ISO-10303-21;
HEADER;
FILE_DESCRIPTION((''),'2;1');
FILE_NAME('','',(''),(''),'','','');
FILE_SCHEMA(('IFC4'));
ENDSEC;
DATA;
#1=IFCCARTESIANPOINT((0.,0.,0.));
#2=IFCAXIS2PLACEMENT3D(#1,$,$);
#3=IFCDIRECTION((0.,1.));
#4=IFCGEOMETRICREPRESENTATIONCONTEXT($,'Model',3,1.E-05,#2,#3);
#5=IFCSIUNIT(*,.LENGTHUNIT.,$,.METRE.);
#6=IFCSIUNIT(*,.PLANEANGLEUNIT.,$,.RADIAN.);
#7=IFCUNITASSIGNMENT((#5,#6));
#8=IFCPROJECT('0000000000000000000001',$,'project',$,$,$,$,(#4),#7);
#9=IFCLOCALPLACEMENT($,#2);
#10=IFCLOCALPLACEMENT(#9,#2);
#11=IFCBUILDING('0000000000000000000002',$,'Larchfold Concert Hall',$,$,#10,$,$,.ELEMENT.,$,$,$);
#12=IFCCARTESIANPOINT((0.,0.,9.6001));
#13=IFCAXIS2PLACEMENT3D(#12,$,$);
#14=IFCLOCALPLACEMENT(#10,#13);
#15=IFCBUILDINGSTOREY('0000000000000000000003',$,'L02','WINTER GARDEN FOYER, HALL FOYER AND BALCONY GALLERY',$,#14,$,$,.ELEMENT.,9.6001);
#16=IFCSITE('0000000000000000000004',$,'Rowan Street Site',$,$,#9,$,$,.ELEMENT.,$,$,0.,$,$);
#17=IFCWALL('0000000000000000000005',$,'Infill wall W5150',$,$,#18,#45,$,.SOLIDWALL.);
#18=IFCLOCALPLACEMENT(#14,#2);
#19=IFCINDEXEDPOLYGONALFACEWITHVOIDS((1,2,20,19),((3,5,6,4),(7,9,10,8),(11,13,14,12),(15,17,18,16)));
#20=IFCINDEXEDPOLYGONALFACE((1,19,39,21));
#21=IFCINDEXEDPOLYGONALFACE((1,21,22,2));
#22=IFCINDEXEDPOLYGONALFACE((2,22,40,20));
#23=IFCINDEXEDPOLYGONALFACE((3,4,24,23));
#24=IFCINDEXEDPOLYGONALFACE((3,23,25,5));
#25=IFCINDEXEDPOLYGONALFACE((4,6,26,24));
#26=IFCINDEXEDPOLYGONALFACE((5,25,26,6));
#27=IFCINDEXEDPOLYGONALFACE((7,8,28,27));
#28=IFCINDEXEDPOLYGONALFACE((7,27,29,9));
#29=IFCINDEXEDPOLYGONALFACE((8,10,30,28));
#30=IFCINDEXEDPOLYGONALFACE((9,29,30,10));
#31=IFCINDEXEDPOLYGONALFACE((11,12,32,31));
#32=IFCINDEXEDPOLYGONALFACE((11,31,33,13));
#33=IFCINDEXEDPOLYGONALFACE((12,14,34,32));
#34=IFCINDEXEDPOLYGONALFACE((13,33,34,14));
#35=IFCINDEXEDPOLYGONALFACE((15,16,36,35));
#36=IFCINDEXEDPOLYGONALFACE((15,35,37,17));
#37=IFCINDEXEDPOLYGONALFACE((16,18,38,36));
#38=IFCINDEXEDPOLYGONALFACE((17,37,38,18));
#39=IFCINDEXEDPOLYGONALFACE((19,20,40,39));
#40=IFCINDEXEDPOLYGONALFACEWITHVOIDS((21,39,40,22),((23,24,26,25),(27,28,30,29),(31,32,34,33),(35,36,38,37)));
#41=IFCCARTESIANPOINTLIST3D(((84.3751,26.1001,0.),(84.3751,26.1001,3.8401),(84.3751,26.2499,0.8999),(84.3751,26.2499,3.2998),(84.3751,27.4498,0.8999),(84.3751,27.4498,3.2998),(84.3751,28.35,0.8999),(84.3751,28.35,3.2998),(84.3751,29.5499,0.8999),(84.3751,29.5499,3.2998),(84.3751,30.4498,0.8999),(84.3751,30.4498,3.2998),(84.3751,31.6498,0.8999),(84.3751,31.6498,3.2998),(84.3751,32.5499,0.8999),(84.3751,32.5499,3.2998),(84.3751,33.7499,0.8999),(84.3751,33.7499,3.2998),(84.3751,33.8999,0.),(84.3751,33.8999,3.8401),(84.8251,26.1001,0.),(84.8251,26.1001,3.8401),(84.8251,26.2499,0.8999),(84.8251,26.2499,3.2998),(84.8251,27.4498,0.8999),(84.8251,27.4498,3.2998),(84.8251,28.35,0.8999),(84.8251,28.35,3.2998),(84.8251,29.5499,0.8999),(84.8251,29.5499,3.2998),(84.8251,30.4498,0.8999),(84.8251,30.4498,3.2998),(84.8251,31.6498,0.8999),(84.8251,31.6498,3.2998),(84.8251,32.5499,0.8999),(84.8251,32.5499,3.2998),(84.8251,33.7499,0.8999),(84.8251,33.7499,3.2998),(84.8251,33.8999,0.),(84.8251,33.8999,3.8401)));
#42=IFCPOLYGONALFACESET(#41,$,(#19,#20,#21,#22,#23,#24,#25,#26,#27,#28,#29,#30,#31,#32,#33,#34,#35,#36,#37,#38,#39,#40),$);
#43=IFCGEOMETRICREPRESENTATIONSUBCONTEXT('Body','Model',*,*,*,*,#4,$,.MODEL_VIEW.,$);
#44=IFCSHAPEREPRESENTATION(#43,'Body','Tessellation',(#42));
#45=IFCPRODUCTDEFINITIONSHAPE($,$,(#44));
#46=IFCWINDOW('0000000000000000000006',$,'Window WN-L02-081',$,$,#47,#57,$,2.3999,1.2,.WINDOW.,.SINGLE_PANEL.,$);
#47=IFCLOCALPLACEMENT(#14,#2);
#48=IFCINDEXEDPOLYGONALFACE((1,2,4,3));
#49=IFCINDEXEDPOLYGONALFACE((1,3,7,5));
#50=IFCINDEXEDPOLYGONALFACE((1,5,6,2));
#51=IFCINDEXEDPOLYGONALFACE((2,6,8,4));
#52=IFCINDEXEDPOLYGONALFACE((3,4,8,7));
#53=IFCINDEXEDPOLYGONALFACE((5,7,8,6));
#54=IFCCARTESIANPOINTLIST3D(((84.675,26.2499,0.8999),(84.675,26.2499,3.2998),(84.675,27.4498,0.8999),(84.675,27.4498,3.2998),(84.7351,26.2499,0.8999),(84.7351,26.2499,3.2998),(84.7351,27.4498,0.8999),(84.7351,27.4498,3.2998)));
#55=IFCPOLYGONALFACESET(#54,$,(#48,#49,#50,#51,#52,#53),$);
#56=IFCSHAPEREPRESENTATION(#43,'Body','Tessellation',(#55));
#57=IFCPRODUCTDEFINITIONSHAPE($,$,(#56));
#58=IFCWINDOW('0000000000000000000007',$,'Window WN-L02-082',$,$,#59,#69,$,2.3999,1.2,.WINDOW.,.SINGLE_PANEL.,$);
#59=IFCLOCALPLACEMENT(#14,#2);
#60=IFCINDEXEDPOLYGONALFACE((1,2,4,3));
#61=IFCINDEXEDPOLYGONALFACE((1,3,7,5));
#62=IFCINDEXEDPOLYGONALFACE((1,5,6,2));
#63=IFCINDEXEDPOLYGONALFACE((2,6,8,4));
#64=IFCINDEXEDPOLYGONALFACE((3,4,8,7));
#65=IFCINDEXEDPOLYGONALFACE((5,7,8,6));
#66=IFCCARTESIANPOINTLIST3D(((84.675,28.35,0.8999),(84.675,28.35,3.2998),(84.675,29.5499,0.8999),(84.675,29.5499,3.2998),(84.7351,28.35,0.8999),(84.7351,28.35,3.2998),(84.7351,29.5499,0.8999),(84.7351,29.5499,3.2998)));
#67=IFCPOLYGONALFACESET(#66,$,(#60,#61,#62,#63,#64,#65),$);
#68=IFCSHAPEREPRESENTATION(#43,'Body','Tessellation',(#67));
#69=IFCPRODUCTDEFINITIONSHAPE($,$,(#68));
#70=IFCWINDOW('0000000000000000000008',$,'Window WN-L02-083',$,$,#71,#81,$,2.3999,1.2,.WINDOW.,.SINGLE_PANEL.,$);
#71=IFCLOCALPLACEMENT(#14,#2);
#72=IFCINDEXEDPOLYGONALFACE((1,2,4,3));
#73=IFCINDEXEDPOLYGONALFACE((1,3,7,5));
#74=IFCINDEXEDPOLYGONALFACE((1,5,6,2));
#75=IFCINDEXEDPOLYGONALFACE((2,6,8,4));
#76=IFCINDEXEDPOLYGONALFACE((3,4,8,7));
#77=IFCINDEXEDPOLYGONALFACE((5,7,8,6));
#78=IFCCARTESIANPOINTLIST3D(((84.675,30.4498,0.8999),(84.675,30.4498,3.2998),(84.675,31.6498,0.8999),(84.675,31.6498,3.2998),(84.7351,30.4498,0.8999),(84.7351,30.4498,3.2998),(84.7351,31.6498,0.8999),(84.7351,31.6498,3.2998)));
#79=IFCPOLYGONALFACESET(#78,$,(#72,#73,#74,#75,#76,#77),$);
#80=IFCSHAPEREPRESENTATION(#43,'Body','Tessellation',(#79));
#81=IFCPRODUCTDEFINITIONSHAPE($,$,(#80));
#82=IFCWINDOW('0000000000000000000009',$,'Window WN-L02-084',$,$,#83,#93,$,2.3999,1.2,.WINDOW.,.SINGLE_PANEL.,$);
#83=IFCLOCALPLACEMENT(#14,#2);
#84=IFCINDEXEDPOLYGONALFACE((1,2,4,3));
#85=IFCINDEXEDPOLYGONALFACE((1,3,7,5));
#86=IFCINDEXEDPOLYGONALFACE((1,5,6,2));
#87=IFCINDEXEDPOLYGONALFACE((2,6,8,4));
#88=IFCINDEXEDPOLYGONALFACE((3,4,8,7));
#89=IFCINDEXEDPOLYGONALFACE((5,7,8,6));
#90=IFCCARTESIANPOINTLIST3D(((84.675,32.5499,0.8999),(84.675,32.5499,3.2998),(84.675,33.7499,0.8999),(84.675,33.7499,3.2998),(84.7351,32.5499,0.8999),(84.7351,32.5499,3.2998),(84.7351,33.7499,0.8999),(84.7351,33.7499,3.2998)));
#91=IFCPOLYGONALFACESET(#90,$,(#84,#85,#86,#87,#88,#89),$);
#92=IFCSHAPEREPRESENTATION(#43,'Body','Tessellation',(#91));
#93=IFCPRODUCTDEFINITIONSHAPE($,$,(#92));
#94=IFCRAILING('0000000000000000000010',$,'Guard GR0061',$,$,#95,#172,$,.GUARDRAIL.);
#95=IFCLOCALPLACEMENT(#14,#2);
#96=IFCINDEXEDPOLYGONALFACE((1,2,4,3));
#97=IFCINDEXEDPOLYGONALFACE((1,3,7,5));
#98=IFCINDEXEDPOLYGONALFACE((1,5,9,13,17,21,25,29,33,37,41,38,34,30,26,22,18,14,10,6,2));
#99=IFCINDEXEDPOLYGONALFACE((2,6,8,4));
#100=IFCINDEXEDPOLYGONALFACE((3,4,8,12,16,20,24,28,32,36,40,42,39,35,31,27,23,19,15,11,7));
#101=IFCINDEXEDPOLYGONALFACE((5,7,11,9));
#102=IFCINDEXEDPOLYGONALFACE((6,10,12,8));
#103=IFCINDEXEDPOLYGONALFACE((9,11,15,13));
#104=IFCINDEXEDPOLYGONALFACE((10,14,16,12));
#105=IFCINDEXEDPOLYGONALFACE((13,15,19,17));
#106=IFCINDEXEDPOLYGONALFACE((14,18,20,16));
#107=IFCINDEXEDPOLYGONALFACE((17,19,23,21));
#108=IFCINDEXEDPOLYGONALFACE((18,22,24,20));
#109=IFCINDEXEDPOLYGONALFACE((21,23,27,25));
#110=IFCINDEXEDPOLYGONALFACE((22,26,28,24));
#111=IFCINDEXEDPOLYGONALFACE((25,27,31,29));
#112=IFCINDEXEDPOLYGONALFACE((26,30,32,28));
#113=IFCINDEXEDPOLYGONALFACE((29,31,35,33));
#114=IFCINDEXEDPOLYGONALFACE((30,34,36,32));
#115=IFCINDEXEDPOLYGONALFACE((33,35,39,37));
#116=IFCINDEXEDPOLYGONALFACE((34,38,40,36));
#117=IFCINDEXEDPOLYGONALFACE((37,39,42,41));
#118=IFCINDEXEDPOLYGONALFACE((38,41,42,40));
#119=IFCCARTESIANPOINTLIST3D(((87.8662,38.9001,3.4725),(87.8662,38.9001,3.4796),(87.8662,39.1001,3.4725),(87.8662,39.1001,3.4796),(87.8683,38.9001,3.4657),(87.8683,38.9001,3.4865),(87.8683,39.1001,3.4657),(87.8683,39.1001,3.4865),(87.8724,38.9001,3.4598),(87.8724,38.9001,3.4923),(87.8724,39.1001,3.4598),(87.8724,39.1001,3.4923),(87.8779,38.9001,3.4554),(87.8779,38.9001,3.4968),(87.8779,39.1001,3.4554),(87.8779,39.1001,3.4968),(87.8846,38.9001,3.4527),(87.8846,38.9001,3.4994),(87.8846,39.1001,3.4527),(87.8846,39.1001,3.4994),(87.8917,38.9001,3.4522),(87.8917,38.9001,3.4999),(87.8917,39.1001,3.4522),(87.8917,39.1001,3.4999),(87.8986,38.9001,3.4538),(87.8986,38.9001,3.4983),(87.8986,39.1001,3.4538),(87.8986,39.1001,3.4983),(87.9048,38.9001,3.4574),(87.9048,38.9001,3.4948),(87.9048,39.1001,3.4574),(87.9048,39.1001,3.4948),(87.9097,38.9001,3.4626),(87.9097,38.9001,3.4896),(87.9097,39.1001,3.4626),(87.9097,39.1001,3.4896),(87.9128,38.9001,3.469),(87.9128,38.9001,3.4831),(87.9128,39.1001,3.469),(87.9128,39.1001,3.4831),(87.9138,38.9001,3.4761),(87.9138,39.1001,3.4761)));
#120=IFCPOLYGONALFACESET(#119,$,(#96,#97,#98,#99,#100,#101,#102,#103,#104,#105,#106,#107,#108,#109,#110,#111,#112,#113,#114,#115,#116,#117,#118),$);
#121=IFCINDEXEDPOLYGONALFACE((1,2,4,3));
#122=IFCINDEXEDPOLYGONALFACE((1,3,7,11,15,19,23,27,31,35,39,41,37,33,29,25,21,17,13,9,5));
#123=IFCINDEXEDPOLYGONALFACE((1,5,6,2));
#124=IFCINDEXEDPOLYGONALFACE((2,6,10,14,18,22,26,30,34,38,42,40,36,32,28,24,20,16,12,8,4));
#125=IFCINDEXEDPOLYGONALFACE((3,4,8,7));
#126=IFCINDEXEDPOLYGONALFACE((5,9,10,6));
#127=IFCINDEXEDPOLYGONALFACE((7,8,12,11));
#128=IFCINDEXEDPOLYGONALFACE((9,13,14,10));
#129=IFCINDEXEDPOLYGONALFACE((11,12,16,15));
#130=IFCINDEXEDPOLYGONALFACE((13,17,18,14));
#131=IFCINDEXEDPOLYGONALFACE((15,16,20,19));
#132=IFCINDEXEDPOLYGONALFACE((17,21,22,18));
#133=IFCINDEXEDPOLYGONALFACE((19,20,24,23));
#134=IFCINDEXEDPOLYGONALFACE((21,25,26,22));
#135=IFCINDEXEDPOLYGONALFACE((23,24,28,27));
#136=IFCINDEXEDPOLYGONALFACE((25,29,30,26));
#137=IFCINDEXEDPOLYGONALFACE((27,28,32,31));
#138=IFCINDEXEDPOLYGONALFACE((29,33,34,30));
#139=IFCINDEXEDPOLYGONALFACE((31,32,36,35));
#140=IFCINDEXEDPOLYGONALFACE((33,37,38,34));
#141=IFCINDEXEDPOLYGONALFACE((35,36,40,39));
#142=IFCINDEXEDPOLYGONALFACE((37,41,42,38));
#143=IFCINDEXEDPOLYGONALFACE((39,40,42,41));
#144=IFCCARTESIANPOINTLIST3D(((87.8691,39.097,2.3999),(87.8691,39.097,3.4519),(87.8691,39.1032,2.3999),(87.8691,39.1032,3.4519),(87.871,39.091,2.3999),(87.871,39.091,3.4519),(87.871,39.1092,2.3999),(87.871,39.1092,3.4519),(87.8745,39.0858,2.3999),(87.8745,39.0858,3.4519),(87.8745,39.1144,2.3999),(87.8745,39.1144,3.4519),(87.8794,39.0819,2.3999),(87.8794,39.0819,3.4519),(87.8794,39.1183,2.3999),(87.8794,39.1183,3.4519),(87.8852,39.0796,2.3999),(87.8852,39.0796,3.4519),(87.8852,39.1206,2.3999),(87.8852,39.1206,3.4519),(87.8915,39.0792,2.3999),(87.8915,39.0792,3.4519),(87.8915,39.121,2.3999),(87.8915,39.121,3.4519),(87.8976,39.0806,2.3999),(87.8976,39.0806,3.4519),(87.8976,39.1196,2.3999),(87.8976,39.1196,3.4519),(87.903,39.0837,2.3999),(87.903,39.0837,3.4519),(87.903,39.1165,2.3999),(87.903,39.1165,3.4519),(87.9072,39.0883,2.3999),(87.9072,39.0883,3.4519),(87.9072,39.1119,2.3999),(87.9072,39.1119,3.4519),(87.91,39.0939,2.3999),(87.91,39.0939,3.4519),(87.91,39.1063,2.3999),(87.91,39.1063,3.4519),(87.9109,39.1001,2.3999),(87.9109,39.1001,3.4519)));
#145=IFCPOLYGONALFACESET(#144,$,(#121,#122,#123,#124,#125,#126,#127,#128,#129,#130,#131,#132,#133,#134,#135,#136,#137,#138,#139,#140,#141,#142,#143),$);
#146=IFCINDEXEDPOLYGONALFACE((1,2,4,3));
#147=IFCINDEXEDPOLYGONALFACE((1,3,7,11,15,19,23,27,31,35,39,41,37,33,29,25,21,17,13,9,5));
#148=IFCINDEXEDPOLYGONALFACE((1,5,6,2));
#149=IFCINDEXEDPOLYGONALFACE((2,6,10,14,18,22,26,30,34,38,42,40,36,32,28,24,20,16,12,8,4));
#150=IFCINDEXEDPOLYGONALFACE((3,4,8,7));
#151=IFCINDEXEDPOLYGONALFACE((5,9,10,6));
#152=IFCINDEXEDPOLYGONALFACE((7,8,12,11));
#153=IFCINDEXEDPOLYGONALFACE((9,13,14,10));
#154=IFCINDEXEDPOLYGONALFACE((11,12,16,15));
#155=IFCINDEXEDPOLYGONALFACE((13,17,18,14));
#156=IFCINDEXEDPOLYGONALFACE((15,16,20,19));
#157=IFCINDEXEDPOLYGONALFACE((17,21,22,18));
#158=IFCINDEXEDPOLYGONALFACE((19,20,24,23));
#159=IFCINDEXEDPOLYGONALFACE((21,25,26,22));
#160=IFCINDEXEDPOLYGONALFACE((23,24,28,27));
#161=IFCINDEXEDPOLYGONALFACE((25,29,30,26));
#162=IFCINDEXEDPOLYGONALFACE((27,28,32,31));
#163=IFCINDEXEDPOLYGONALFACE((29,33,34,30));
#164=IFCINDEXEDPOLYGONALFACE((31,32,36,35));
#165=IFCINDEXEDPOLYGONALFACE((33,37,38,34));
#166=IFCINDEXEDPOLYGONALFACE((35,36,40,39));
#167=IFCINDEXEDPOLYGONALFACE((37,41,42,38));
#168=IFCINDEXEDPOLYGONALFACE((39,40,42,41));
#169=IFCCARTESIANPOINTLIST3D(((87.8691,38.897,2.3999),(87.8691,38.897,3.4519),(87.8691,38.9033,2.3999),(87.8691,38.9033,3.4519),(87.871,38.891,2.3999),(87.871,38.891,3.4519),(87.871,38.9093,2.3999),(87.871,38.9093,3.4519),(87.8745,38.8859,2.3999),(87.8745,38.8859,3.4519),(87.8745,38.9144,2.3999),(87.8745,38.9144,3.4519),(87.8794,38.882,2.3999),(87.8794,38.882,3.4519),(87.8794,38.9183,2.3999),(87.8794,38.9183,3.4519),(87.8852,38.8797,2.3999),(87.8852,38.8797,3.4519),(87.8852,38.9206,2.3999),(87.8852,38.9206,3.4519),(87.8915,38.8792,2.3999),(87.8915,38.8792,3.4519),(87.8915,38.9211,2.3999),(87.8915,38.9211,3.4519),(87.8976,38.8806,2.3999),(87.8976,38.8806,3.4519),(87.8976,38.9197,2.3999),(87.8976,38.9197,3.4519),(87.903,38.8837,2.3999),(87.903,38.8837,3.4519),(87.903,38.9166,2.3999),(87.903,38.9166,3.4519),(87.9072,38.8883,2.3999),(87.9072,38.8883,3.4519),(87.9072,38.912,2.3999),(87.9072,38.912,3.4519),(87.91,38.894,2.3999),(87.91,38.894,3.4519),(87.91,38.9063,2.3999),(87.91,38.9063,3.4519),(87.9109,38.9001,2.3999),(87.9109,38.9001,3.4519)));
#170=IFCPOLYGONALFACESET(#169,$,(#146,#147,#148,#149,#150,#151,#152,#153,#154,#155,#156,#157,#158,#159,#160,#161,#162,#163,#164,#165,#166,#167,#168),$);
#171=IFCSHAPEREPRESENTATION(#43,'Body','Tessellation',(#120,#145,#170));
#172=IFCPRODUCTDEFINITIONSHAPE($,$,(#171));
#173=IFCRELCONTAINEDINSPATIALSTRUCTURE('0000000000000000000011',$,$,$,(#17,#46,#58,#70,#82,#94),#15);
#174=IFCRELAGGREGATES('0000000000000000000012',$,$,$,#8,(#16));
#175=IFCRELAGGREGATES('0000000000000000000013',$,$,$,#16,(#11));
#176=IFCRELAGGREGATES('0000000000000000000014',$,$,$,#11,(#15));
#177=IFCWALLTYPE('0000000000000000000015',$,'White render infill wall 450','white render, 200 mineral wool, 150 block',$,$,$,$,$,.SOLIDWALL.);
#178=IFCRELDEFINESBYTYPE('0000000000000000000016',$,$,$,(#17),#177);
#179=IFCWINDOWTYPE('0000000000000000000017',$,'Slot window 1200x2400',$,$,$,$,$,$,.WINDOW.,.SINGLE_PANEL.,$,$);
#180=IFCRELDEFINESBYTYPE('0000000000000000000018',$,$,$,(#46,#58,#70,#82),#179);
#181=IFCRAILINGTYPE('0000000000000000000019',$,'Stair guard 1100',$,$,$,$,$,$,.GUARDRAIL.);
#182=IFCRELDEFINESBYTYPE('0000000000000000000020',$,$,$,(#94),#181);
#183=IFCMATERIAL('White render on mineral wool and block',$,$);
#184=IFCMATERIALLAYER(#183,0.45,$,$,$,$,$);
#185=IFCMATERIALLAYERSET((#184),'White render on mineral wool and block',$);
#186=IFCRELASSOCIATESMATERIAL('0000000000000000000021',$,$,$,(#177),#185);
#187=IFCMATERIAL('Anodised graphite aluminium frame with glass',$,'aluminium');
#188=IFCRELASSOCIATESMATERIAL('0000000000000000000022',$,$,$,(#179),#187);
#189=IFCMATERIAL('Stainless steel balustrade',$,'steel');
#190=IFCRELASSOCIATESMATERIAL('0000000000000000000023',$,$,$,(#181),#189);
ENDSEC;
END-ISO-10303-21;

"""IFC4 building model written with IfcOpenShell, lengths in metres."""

from ifc_helpers import new_model, si_unit, direction, frame, frame_2d, origin, origin_2d, place, context, subcontext, project, spatial, rectangle, circle, extrude, material, layer, layer_set, type_object, element, fill, save


model = new_model("IFC4")

# Units and contexts
model_context = context("Model", 3, precision=1e-05, world=origin(), true_north=direction((0.0, 1.0)))
body_context = subcontext(model_context, "Body", "Model", "MODEL_VIEW")
ifc_project = project(units=[si_unit("LENGTHUNIT", "METRE"), si_unit("PLANEANGLEUNIT", "RADIAN")], contexts=[model_context])

# Site, building, storey
site_placement = place(None, origin())
site = spatial("IfcSite", under=ifc_project, at=site_placement, Name="Rowan Street Site", CompositionType="ELEMENT", RefElevation=0.0)
building_placement = place(site_placement, origin())
building = spatial("IfcBuilding", under=site, at=building_placement, Name="Larchfold Concert Hall", CompositionType="ELEMENT")
storey_placement = place(building_placement, frame((0.0, 0.0, 9.6001)))
storey = spatial("IfcBuildingStorey", under=building, at=storey_placement, Name="L02", Description="WINTER GARDEN FOYER, HALL FOYER AND BALCONY GALLERY", CompositionType="ELEMENT", Elevation=9.6001)

# Wall, openings, windows
ifc_material_1 = material(Name="White render on mineral wool and block")
ifc_layer_1 = layer(ifc_material_1, 0.45)
ifc_layer_set_1 = layer_set([ifc_layer_1], Name="White render on mineral wool and block")
wall_type_1 = type_object("IfcWallType", Name="White render infill wall 450", Description="white render, 200 mineral wool, 150 block", PredefinedType="SOLIDWALL", material=ifc_layer_set_1)
ifc_material_2 = material(Name="Anodised graphite aluminium frame with glass", Category="aluminium")
window_type_1 = type_object("IfcWindowType", Name="Slot window 1200x2400", PartitioningType="SINGLE_PANEL", PredefinedType="WINDOW", material=ifc_material_2)
wall_1_placement = place(storey_placement, frame((84.6001, 33.8999, 0.0), z_axis=(0.0, 0.0, 1.0), x_axis=(0.0, -1.0, 0.0)))
wall_1 = element("IfcWall", 1, at=wall_1_placement, inside=storey, type_object=wall_type_1, Name="Infill wall W5150", PredefinedType="SOLIDWALL", context=body_context, shape_type="SweptSolid", body=[
    extrude(rectangle(XDim=7.7998, YDim=0.45, at=frame_2d((3.8999, 0.0))), origin(), (0.0, 0.0, 1.0), 3.8401),
])
opening_1_placement = place(wall_1_placement, frame((6.45, 0.0, 0.8999)))
opening_1 = element("IfcOpeningElement", 2, at=opening_1_placement, cuts=wall_1, PredefinedType="OPENING", context=body_context, shape_type="SweptSolid", body=[
    extrude(rectangle(XDim=1.2, YDim=2.3999, at=frame_2d((0.6001, 1.2))), frame((0.0, 0.2349, 0.0), z_axis=(0.0, -1.0, 0.0), x_axis=(1.0, 0.0, 0.0)), (0.0, 0.0, 1.0), 0.47),
])
opening_2_placement = place(wall_1_placement, frame((4.3499, 0.0, 0.8999)))
opening_2 = element("IfcOpeningElement", 3, at=opening_2_placement, cuts=wall_1, PredefinedType="OPENING", context=body_context, shape_type="SweptSolid", body=[
    extrude(rectangle(XDim=1.2, YDim=2.3999, at=frame_2d((0.6001, 1.2))), frame((0.0, 0.2349, 0.0), z_axis=(0.0, -1.0, 0.0), x_axis=(1.0, 0.0, 0.0)), (0.0, 0.0, 1.0), 0.47),
])
opening_3_placement = place(wall_1_placement, frame((2.25, 0.0, 0.8999)))
opening_3 = element("IfcOpeningElement", 4, at=opening_3_placement, cuts=wall_1, PredefinedType="OPENING", context=body_context, shape_type="SweptSolid", body=[
    extrude(rectangle(XDim=1.2, YDim=2.3999, at=frame_2d((0.6001, 1.2))), frame((0.0, 0.2349, 0.0), z_axis=(0.0, -1.0, 0.0), x_axis=(1.0, 0.0, 0.0)), (0.0, 0.0, 1.0), 0.47),
])
opening_4_placement = place(wall_1_placement, frame((0.1499, 0.0, 0.8999)))
opening_4 = element("IfcOpeningElement", 5, at=opening_4_placement, cuts=wall_1, PredefinedType="OPENING", context=body_context, shape_type="SweptSolid", body=[
    extrude(rectangle(XDim=1.2, YDim=2.3999, at=frame_2d((0.6001, 1.2))), frame((0.0, 0.2349, 0.0), z_axis=(0.0, -1.0, 0.0), x_axis=(1.0, 0.0, 0.0)), (0.0, 0.0, 1.0), 0.47),
])
window_1_placement = place(opening_1_placement, origin())
window_1 = element("IfcWindow", 6, at=window_1_placement, inside=storey, type_object=window_type_1, Name="Window WN-L02-081", OverallHeight=2.3999, OverallWidth=1.2, PartitioningType="SINGLE_PANEL", PredefinedType="WINDOW", context=body_context, shape_type="SweptSolid", body=[
    extrude(rectangle(XDim=1.2, YDim=2.3999, at=frame_2d((0.6001, 1.2))), frame((0.0, 0.135, 0.0), z_axis=(0.0, -1.0, 0.0), x_axis=(1.0, 0.0, 0.0)), (0.0, 0.0, 1.0), 0.0601),
])
fill(opening_1, window_1)
window_2_placement = place(opening_2_placement, origin())
window_2 = element("IfcWindow", 7, at=window_2_placement, inside=storey, type_object=window_type_1, Name="Window WN-L02-082", OverallHeight=2.3999, OverallWidth=1.2, PartitioningType="SINGLE_PANEL", PredefinedType="WINDOW", context=body_context, shape_type="SweptSolid", body=[
    extrude(rectangle(XDim=1.2, YDim=2.3999, at=frame_2d((0.6001, 1.2))), frame((0.0, 0.135, 0.0), z_axis=(0.0, -1.0, 0.0), x_axis=(1.0, 0.0, 0.0)), (0.0, 0.0, 1.0), 0.0601),
])
fill(opening_2, window_2)
window_3_placement = place(opening_3_placement, origin())
window_3 = element("IfcWindow", 8, at=window_3_placement, inside=storey, type_object=window_type_1, Name="Window WN-L02-083", OverallHeight=2.3999, OverallWidth=1.2, PartitioningType="SINGLE_PANEL", PredefinedType="WINDOW", context=body_context, shape_type="SweptSolid", body=[
    extrude(rectangle(XDim=1.2, YDim=2.3999, at=frame_2d((0.6001, 1.2))), frame((0.0, 0.135, 0.0), z_axis=(0.0, -1.0, 0.0), x_axis=(1.0, 0.0, 0.0)), (0.0, 0.0, 1.0), 0.0601),
])
fill(opening_3, window_3)
window_4_placement = place(opening_4_placement, origin())
window_4 = element("IfcWindow", 9, at=window_4_placement, inside=storey, type_object=window_type_1, Name="Window WN-L02-084", OverallHeight=2.3999, OverallWidth=1.2, PartitioningType="SINGLE_PANEL", PredefinedType="WINDOW", context=body_context, shape_type="SweptSolid", body=[
    extrude(rectangle(XDim=1.2, YDim=2.3999, at=frame_2d((0.6001, 1.2))), frame((0.0, 0.135, 0.0), z_axis=(0.0, -1.0, 0.0), x_axis=(1.0, 0.0, 0.0)), (0.0, 0.0, 1.0), 0.0601),
])
fill(opening_4, window_4)

# Railing
ifc_material_3 = material(Name="Stainless steel balustrade", Category="steel")
railing_type = type_object("IfcRailingType", Name="Stair guard 1100", PredefinedType="GUARDRAIL", material=ifc_material_3)
railing_placement = place(storey_placement, frame((87.8899, 39.1001, 2.3999)))
element("IfcRailing", 10, at=railing_placement, inside=storey, type_object=railing_type, Name="Guard GR0061", PredefinedType="GUARDRAIL", context=body_context, shape_type="SweptSolid", body=[
    extrude(circle(Radius=0.0239, at=origin_2d()), frame((0.0, 0.0, 1.0762), z_axis=(0.0, -1.0, 0.0), x_axis=(1.0, 0.0, 0.0)), (0.0, 0.0, 1.0), 0.2),
    extrude(circle(Radius=0.021, at=origin_2d()), origin(), (0.0, 0.0, 1.0), 1.052),
    extrude(circle(Radius=0.021, at=origin_2d()), frame((0.0, -0.2, 0.0)), (0.0, 0.0, 1.0), 1.052),
])

save(model, "model.ifc")
